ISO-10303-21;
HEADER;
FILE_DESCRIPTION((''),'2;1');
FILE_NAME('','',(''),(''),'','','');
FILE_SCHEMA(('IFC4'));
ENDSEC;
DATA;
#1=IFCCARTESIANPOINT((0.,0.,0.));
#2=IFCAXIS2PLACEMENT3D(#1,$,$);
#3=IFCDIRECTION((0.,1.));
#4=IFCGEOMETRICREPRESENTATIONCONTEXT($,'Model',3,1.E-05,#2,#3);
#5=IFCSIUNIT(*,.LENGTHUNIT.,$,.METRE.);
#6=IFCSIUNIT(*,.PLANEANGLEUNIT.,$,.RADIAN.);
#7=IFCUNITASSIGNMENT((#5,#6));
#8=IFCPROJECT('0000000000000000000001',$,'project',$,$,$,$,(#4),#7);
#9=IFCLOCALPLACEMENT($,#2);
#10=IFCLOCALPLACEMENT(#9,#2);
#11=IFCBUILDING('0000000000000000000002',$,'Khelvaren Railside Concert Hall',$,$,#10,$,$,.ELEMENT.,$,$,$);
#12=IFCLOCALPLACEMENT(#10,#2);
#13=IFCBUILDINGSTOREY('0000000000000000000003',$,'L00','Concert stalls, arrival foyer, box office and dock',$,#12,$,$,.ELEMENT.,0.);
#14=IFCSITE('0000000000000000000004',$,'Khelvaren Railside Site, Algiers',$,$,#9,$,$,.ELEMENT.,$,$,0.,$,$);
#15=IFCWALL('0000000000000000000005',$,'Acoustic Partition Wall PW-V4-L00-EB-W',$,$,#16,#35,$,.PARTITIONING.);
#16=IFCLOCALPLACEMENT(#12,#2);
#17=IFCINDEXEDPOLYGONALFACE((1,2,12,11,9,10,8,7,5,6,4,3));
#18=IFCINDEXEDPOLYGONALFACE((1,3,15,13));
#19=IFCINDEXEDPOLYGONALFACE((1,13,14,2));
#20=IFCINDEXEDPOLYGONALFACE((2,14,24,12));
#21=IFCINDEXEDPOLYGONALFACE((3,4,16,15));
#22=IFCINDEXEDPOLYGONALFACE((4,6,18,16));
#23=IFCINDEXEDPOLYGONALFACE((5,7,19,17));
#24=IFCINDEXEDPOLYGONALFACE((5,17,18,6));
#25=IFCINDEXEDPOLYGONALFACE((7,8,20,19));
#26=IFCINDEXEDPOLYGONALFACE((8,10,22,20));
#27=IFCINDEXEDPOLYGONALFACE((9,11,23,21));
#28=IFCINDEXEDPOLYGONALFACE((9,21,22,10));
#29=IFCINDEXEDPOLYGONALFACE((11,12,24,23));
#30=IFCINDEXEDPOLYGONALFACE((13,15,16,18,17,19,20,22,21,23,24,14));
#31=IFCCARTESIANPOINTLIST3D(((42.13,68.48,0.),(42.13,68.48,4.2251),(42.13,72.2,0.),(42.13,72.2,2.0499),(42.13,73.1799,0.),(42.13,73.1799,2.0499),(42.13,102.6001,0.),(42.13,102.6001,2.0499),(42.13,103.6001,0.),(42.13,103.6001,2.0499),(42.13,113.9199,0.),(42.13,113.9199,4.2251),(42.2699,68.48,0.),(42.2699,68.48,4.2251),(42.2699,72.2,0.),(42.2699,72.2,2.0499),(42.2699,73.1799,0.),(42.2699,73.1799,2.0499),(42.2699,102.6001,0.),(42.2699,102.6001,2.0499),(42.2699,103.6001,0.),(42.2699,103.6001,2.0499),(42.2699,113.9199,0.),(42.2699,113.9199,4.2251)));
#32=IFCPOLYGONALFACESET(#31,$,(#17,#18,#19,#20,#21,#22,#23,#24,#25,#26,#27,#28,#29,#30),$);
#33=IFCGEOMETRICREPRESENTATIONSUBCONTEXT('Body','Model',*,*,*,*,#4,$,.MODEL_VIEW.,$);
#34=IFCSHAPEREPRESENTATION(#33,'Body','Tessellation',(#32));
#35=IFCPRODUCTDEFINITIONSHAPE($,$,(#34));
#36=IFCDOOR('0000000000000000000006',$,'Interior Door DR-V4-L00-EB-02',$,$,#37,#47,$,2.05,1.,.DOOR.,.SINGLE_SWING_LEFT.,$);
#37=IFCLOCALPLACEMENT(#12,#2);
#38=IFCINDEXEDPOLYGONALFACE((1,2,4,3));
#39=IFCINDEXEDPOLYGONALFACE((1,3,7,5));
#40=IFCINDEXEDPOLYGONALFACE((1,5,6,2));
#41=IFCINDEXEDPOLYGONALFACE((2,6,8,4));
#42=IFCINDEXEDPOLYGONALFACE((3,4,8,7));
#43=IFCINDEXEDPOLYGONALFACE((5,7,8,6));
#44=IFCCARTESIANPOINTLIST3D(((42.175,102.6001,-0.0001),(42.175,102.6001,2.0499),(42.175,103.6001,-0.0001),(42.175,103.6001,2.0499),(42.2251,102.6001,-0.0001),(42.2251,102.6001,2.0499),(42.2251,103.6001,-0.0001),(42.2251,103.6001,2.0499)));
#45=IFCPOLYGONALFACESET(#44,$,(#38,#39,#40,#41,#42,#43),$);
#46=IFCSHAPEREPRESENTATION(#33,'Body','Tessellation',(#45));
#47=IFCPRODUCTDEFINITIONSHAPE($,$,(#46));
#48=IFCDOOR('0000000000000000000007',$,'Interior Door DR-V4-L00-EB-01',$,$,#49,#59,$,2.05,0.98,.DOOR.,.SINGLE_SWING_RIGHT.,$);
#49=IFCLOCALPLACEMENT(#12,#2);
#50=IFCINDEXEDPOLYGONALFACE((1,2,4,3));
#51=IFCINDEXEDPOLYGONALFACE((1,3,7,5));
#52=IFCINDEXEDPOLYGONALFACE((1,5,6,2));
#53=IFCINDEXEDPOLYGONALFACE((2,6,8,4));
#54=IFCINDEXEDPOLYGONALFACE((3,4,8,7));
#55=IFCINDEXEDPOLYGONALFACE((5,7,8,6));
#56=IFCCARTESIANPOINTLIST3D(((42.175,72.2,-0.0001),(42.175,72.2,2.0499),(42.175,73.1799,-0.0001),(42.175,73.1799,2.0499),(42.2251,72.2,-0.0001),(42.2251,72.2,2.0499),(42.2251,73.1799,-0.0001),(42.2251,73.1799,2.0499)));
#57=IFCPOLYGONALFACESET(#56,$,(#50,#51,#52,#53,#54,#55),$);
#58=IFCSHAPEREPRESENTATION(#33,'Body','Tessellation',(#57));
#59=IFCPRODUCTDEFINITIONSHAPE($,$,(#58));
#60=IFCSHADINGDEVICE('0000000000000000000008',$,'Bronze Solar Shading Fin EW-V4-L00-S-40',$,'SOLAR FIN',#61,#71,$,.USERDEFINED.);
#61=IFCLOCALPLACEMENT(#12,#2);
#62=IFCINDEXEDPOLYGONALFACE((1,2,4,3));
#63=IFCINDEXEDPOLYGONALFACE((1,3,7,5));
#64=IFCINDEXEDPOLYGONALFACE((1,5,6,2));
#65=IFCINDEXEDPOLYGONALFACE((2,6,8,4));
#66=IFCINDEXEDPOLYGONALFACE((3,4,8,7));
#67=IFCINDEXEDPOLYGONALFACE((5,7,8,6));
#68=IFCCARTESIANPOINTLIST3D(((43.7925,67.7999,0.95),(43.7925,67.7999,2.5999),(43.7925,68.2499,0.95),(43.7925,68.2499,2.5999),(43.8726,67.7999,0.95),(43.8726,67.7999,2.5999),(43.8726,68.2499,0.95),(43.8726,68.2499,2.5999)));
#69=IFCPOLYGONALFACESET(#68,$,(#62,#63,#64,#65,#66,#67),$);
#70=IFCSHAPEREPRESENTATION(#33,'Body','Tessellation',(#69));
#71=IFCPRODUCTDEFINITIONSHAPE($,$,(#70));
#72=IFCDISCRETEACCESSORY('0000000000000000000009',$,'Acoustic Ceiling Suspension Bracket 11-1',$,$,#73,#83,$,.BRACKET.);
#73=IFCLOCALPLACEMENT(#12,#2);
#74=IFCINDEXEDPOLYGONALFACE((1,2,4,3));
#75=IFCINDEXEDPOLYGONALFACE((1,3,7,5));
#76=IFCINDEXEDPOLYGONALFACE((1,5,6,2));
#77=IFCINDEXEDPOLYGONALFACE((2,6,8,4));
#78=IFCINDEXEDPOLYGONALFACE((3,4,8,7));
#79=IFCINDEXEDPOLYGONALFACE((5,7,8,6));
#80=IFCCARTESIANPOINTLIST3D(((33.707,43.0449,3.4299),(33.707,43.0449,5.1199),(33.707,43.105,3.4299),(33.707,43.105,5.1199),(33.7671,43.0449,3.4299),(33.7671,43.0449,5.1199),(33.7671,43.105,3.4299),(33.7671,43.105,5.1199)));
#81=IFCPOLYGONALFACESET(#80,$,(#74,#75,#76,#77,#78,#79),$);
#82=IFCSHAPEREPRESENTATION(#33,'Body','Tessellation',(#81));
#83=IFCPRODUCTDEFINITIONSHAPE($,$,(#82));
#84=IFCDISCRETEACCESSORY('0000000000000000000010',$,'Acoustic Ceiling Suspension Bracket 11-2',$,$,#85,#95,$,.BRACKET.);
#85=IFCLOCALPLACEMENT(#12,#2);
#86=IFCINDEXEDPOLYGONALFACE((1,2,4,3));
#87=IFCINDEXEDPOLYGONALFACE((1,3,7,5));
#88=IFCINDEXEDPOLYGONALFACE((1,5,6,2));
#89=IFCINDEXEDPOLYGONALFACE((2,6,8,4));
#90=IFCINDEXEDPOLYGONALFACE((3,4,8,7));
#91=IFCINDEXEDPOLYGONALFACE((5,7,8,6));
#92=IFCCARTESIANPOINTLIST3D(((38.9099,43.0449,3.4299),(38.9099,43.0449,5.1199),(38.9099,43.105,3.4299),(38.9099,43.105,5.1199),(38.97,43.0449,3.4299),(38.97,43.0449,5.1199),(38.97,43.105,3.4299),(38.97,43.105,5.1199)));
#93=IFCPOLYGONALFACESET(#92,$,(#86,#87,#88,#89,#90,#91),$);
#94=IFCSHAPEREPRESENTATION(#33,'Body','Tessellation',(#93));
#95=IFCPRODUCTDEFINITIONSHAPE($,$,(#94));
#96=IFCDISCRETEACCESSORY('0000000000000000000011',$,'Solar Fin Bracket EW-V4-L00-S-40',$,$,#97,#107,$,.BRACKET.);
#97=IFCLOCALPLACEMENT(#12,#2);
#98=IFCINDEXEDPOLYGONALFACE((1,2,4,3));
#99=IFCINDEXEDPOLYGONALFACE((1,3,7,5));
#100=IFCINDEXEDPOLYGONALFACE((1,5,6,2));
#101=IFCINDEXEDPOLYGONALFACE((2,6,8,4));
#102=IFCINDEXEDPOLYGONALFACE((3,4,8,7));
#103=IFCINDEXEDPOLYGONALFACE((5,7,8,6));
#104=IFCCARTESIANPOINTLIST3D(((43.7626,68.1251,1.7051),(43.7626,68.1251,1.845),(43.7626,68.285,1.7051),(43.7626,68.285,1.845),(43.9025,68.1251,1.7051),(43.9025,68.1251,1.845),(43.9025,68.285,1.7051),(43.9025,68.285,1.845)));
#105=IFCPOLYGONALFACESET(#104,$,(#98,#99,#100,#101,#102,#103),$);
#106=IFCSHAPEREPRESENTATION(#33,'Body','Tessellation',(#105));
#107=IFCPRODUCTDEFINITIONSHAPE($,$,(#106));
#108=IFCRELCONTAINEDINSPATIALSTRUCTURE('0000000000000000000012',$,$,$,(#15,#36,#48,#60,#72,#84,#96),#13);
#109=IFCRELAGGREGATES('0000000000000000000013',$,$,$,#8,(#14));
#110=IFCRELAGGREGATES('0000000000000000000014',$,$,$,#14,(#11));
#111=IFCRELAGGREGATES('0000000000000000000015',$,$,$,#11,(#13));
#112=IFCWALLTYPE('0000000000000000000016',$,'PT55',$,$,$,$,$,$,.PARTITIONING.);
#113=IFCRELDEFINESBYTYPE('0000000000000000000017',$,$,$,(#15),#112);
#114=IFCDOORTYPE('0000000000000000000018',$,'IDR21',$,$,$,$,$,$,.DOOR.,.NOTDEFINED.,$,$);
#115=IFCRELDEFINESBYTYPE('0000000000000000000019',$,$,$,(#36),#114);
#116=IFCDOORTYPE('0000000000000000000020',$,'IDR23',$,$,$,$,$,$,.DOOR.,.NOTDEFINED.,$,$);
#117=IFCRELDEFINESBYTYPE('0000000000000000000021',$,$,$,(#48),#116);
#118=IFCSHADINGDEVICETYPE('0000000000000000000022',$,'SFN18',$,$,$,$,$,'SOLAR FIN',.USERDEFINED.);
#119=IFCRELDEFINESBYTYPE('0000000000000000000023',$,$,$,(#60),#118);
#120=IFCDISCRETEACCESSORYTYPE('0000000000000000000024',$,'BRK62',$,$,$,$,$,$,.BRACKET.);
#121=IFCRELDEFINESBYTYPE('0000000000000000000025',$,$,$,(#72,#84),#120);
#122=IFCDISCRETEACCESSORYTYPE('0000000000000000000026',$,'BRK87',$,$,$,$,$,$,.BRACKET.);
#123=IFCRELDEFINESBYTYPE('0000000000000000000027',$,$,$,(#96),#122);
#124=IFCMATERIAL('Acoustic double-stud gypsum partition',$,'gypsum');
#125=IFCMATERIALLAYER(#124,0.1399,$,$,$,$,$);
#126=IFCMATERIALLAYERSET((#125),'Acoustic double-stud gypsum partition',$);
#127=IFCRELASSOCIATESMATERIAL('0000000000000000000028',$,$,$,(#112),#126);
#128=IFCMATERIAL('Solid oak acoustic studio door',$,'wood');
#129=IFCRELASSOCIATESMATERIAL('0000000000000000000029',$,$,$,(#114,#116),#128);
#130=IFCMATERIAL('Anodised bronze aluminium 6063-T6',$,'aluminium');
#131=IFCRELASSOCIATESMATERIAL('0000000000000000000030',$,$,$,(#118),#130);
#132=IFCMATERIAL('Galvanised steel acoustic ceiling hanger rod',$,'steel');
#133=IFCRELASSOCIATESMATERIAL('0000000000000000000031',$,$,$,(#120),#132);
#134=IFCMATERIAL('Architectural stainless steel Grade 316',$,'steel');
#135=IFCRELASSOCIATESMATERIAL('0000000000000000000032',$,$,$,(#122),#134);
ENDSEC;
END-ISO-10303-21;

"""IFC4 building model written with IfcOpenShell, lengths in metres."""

from ifc_helpers import new_model, si_unit, direction, frame, frame_2d, origin, origin_2d, place, context, subcontext, project, spatial, rectangle, extrude, material, layer, layer_set, type_object, element, fill, save


model = new_model("IFC4")

# Units and contexts
model_context = context("Model", 3, precision=1e-05, world=origin(), true_north=direction((0.0, 1.0)))
body_context = subcontext(model_context, "Body", "Model", "MODEL_VIEW")
ifc_project = project(units=[si_unit("LENGTHUNIT", "METRE"), si_unit("PLANEANGLEUNIT", "RADIAN")], contexts=[model_context])

# Site, building, storey
site_placement = place(None, origin())
site = spatial("IfcSite", under=ifc_project, at=site_placement, Name="Khelvaren Railside Site, Algiers", CompositionType="ELEMENT", RefElevation=0.0)
building_placement = place(site_placement, origin())
building = spatial("IfcBuilding", under=site, at=building_placement, Name="Khelvaren Railside Concert Hall", CompositionType="ELEMENT")
storey_placement = place(building_placement, origin())
storey = spatial("IfcBuildingStorey", under=building, at=storey_placement, Name="L00", Description="Concert stalls, arrival foyer, box office and dock", CompositionType="ELEMENT", Elevation=0.0)

# Wall, openings, doors
ifc_material_1 = material(Name="Acoustic double-stud gypsum partition", Category="gypsum")
ifc_layer_1 = layer(ifc_material_1, 0.1399)
ifc_layer_set_1 = layer_set([ifc_layer_1], Name="Acoustic double-stud gypsum partition")
wall_type_1 = type_object("IfcWallType", Name="PT55", PredefinedType="PARTITIONING", material=ifc_layer_set_1)
wall_1_placement = place(storey_placement, frame((42.2, 68.48, 0.0), z_axis=(0.0, 0.0, 1.0), x_axis=(0.0, 1.0, 0.0)))
wall_1 = element("IfcWall", 1, at=wall_1_placement, inside=storey, type_object=wall_type_1, Name="Acoustic Partition Wall PW-V4-L00-EB-W", PredefinedType="PARTITIONING", context=body_context, shape_type="SweptSolid", body=[
    extrude(rectangle(XDim=45.4399, YDim=0.1399, at=frame_2d((22.72, 0.0))), origin(), (0.0, 0.0, 1.0), 4.2251),
])
opening_1_placement = place(wall_1_placement, frame((3.72, 0.0, 0.0)))
opening_1 = element("IfcOpeningElement", 2, at=opening_1_placement, cuts=wall_1, PredefinedType="OPENING", context=body_context, shape_type="SweptSolid", body=[
    extrude(rectangle(XDim=0.98, YDim=2.05, at=frame_2d((0.49, 1.0249))), frame((0.0, 0.0798, 0.0), z_axis=(0.0, -1.0, 0.0), x_axis=(1.0, 0.0, 0.0)), (0.0, 0.0, 1.0), 0.1599),
])
opening_2_placement = place(wall_1_placement, frame((34.1201, 0.0, 0.0)))
opening_2 = element("IfcOpeningElement", 3, at=opening_2_placement, cuts=wall_1, PredefinedType="OPENING", context=body_context, shape_type="SweptSolid", body=[
    extrude(rectangle(XDim=1.0, YDim=2.05, at=frame_2d((0.5, 1.0249))), frame((0.0, 0.0798, 0.0), z_axis=(0.0, -1.0, 0.0), x_axis=(1.0, 0.0, 0.0)), (0.0, 0.0, 1.0), 0.1599),
])
ifc_material_2 = material(Name="Solid oak acoustic studio door", Category="wood")
door_type_1 = type_object("IfcDoorType", Name="IDR21", OperationType="NOTDEFINED", PredefinedType="DOOR", material=ifc_material_2)
door_1_placement = place(opening_2_placement, origin())
door_1 = element("IfcDoor", 4, at=door_1_placement, inside=storey, type_object=door_type_1, Name="Interior Door DR-V4-L00-EB-02", OperationType="SINGLE_SWING_LEFT", OverallHeight=2.05, OverallWidth=1.0, PredefinedType="DOOR", context=body_context, shape_type="SweptSolid", body=[
    extrude(rectangle(XDim=1.0, YDim=2.05, at=frame_2d((0.5, 1.0249))), frame((0.0, 0.0249, 0.0), z_axis=(0.0, -1.0, 0.0), x_axis=(1.0, 0.0, 0.0)), (0.0, 0.0, 1.0), 0.05),
])
fill(opening_2, door_1)
door_type_2 = type_object("IfcDoorType", Name="IDR23", OperationType="NOTDEFINED", PredefinedType="DOOR", material=ifc_material_2)
door_2_placement = place(opening_1_placement, origin())
door_2 = element("IfcDoor", 5, at=door_2_placement, inside=storey, type_object=door_type_2, Name="Interior Door DR-V4-L00-EB-01", OperationType="SINGLE_SWING_RIGHT", OverallHeight=2.05, OverallWidth=0.98, PredefinedType="DOOR", context=body_context, shape_type="SweptSolid", body=[
    extrude(rectangle(XDim=0.98, YDim=2.05, at=frame_2d((0.49, 1.0249))), frame((0.0, 0.0249, 0.0), z_axis=(0.0, -1.0, 0.0), x_axis=(1.0, 0.0, 0.0)), (0.0, 0.0, 1.0), 0.05),
])
fill(opening_1, door_2)

# Shading device
ifc_material_3 = material(Name="Anodised bronze aluminium 6063-T6", Category="aluminium")
shading_device_type = type_object("IfcShadingDeviceType", Name="SFN18", ElementType="SOLAR FIN", PredefinedType="USERDEFINED", material=ifc_material_3)
shading_device_placement = place(storey_placement, frame((43.8325, 68.0249, 0.95), z_axis=(0.0, 0.0, 1.0), x_axis=(-1.0, 0.0, 0.0)))
element("IfcShadingDevice", 6, at=shading_device_placement, inside=storey, type_object=shading_device_type, Name="Bronze Solar Shading Fin EW-V4-L00-S-40", ObjectType="SOLAR FIN", PredefinedType="USERDEFINED", context=body_context, shape_type="SweptSolid", body=[
    extrude(rectangle(XDim=0.0801, YDim=0.45, at=origin_2d()), origin(), (0.0, 0.0, 1.0), 1.6499),
])

# Discrete accessories
ifc_material_4 = material(Name="Galvanised steel acoustic ceiling hanger rod", Category="steel")
discrete_accessory_type_1 = type_object("IfcDiscreteAccessoryType", Name="BRK62", PredefinedType="BRACKET", material=ifc_material_4)
for number, where, z_axis, x_axis, name in (
    (7, (33.7371, 43.075, 3.4299), (0.0, 0.0, 1.0), (1.0, 0.0, 0.0), "Acoustic Ceiling Suspension Bracket 11-1"),
    (8, (38.9399, 43.075, 3.4299), (0.0, 0.0, 1.0), (1.0, 0.0, 0.0), "Acoustic Ceiling Suspension Bracket 11-2"),
):
    element("IfcDiscreteAccessory", number, at=place(storey_placement, frame(where, z_axis=z_axis, x_axis=x_axis)), inside=storey, type_object=discrete_accessory_type_1, Name=name, PredefinedType="BRACKET", context=body_context, shape_type="SweptSolid", body=[
        extrude(rectangle(XDim=0.0601, YDim=0.0601, at=origin_2d()), origin(), (0.0, 0.0, 1.0), 1.6899),
    ])
ifc_material_5 = material(Name="Architectural stainless steel Grade 316", Category="steel")
discrete_accessory_type_2 = type_object("IfcDiscreteAccessoryType", Name="BRK87", PredefinedType="BRACKET", material=ifc_material_5)
discrete_accessory_placement = place(storey_placement, frame((43.8325, 68.2051, 1.7051), z_axis=(0.0, 0.0, 1.0), x_axis=(-1.0, 0.0, 0.0)))
element("IfcDiscreteAccessory", 9, at=discrete_accessory_placement, inside=storey, type_object=discrete_accessory_type_2, Name="Solar Fin Bracket EW-V4-L00-S-40", PredefinedType="BRACKET", context=body_context, shape_type="SweptSolid", body=[
    extrude(rectangle(XDim=0.1399, YDim=0.1599, at=origin_2d()), origin(), (0.0, 0.0, 1.0), 0.1399),
])

save(model, "model.ifc")
